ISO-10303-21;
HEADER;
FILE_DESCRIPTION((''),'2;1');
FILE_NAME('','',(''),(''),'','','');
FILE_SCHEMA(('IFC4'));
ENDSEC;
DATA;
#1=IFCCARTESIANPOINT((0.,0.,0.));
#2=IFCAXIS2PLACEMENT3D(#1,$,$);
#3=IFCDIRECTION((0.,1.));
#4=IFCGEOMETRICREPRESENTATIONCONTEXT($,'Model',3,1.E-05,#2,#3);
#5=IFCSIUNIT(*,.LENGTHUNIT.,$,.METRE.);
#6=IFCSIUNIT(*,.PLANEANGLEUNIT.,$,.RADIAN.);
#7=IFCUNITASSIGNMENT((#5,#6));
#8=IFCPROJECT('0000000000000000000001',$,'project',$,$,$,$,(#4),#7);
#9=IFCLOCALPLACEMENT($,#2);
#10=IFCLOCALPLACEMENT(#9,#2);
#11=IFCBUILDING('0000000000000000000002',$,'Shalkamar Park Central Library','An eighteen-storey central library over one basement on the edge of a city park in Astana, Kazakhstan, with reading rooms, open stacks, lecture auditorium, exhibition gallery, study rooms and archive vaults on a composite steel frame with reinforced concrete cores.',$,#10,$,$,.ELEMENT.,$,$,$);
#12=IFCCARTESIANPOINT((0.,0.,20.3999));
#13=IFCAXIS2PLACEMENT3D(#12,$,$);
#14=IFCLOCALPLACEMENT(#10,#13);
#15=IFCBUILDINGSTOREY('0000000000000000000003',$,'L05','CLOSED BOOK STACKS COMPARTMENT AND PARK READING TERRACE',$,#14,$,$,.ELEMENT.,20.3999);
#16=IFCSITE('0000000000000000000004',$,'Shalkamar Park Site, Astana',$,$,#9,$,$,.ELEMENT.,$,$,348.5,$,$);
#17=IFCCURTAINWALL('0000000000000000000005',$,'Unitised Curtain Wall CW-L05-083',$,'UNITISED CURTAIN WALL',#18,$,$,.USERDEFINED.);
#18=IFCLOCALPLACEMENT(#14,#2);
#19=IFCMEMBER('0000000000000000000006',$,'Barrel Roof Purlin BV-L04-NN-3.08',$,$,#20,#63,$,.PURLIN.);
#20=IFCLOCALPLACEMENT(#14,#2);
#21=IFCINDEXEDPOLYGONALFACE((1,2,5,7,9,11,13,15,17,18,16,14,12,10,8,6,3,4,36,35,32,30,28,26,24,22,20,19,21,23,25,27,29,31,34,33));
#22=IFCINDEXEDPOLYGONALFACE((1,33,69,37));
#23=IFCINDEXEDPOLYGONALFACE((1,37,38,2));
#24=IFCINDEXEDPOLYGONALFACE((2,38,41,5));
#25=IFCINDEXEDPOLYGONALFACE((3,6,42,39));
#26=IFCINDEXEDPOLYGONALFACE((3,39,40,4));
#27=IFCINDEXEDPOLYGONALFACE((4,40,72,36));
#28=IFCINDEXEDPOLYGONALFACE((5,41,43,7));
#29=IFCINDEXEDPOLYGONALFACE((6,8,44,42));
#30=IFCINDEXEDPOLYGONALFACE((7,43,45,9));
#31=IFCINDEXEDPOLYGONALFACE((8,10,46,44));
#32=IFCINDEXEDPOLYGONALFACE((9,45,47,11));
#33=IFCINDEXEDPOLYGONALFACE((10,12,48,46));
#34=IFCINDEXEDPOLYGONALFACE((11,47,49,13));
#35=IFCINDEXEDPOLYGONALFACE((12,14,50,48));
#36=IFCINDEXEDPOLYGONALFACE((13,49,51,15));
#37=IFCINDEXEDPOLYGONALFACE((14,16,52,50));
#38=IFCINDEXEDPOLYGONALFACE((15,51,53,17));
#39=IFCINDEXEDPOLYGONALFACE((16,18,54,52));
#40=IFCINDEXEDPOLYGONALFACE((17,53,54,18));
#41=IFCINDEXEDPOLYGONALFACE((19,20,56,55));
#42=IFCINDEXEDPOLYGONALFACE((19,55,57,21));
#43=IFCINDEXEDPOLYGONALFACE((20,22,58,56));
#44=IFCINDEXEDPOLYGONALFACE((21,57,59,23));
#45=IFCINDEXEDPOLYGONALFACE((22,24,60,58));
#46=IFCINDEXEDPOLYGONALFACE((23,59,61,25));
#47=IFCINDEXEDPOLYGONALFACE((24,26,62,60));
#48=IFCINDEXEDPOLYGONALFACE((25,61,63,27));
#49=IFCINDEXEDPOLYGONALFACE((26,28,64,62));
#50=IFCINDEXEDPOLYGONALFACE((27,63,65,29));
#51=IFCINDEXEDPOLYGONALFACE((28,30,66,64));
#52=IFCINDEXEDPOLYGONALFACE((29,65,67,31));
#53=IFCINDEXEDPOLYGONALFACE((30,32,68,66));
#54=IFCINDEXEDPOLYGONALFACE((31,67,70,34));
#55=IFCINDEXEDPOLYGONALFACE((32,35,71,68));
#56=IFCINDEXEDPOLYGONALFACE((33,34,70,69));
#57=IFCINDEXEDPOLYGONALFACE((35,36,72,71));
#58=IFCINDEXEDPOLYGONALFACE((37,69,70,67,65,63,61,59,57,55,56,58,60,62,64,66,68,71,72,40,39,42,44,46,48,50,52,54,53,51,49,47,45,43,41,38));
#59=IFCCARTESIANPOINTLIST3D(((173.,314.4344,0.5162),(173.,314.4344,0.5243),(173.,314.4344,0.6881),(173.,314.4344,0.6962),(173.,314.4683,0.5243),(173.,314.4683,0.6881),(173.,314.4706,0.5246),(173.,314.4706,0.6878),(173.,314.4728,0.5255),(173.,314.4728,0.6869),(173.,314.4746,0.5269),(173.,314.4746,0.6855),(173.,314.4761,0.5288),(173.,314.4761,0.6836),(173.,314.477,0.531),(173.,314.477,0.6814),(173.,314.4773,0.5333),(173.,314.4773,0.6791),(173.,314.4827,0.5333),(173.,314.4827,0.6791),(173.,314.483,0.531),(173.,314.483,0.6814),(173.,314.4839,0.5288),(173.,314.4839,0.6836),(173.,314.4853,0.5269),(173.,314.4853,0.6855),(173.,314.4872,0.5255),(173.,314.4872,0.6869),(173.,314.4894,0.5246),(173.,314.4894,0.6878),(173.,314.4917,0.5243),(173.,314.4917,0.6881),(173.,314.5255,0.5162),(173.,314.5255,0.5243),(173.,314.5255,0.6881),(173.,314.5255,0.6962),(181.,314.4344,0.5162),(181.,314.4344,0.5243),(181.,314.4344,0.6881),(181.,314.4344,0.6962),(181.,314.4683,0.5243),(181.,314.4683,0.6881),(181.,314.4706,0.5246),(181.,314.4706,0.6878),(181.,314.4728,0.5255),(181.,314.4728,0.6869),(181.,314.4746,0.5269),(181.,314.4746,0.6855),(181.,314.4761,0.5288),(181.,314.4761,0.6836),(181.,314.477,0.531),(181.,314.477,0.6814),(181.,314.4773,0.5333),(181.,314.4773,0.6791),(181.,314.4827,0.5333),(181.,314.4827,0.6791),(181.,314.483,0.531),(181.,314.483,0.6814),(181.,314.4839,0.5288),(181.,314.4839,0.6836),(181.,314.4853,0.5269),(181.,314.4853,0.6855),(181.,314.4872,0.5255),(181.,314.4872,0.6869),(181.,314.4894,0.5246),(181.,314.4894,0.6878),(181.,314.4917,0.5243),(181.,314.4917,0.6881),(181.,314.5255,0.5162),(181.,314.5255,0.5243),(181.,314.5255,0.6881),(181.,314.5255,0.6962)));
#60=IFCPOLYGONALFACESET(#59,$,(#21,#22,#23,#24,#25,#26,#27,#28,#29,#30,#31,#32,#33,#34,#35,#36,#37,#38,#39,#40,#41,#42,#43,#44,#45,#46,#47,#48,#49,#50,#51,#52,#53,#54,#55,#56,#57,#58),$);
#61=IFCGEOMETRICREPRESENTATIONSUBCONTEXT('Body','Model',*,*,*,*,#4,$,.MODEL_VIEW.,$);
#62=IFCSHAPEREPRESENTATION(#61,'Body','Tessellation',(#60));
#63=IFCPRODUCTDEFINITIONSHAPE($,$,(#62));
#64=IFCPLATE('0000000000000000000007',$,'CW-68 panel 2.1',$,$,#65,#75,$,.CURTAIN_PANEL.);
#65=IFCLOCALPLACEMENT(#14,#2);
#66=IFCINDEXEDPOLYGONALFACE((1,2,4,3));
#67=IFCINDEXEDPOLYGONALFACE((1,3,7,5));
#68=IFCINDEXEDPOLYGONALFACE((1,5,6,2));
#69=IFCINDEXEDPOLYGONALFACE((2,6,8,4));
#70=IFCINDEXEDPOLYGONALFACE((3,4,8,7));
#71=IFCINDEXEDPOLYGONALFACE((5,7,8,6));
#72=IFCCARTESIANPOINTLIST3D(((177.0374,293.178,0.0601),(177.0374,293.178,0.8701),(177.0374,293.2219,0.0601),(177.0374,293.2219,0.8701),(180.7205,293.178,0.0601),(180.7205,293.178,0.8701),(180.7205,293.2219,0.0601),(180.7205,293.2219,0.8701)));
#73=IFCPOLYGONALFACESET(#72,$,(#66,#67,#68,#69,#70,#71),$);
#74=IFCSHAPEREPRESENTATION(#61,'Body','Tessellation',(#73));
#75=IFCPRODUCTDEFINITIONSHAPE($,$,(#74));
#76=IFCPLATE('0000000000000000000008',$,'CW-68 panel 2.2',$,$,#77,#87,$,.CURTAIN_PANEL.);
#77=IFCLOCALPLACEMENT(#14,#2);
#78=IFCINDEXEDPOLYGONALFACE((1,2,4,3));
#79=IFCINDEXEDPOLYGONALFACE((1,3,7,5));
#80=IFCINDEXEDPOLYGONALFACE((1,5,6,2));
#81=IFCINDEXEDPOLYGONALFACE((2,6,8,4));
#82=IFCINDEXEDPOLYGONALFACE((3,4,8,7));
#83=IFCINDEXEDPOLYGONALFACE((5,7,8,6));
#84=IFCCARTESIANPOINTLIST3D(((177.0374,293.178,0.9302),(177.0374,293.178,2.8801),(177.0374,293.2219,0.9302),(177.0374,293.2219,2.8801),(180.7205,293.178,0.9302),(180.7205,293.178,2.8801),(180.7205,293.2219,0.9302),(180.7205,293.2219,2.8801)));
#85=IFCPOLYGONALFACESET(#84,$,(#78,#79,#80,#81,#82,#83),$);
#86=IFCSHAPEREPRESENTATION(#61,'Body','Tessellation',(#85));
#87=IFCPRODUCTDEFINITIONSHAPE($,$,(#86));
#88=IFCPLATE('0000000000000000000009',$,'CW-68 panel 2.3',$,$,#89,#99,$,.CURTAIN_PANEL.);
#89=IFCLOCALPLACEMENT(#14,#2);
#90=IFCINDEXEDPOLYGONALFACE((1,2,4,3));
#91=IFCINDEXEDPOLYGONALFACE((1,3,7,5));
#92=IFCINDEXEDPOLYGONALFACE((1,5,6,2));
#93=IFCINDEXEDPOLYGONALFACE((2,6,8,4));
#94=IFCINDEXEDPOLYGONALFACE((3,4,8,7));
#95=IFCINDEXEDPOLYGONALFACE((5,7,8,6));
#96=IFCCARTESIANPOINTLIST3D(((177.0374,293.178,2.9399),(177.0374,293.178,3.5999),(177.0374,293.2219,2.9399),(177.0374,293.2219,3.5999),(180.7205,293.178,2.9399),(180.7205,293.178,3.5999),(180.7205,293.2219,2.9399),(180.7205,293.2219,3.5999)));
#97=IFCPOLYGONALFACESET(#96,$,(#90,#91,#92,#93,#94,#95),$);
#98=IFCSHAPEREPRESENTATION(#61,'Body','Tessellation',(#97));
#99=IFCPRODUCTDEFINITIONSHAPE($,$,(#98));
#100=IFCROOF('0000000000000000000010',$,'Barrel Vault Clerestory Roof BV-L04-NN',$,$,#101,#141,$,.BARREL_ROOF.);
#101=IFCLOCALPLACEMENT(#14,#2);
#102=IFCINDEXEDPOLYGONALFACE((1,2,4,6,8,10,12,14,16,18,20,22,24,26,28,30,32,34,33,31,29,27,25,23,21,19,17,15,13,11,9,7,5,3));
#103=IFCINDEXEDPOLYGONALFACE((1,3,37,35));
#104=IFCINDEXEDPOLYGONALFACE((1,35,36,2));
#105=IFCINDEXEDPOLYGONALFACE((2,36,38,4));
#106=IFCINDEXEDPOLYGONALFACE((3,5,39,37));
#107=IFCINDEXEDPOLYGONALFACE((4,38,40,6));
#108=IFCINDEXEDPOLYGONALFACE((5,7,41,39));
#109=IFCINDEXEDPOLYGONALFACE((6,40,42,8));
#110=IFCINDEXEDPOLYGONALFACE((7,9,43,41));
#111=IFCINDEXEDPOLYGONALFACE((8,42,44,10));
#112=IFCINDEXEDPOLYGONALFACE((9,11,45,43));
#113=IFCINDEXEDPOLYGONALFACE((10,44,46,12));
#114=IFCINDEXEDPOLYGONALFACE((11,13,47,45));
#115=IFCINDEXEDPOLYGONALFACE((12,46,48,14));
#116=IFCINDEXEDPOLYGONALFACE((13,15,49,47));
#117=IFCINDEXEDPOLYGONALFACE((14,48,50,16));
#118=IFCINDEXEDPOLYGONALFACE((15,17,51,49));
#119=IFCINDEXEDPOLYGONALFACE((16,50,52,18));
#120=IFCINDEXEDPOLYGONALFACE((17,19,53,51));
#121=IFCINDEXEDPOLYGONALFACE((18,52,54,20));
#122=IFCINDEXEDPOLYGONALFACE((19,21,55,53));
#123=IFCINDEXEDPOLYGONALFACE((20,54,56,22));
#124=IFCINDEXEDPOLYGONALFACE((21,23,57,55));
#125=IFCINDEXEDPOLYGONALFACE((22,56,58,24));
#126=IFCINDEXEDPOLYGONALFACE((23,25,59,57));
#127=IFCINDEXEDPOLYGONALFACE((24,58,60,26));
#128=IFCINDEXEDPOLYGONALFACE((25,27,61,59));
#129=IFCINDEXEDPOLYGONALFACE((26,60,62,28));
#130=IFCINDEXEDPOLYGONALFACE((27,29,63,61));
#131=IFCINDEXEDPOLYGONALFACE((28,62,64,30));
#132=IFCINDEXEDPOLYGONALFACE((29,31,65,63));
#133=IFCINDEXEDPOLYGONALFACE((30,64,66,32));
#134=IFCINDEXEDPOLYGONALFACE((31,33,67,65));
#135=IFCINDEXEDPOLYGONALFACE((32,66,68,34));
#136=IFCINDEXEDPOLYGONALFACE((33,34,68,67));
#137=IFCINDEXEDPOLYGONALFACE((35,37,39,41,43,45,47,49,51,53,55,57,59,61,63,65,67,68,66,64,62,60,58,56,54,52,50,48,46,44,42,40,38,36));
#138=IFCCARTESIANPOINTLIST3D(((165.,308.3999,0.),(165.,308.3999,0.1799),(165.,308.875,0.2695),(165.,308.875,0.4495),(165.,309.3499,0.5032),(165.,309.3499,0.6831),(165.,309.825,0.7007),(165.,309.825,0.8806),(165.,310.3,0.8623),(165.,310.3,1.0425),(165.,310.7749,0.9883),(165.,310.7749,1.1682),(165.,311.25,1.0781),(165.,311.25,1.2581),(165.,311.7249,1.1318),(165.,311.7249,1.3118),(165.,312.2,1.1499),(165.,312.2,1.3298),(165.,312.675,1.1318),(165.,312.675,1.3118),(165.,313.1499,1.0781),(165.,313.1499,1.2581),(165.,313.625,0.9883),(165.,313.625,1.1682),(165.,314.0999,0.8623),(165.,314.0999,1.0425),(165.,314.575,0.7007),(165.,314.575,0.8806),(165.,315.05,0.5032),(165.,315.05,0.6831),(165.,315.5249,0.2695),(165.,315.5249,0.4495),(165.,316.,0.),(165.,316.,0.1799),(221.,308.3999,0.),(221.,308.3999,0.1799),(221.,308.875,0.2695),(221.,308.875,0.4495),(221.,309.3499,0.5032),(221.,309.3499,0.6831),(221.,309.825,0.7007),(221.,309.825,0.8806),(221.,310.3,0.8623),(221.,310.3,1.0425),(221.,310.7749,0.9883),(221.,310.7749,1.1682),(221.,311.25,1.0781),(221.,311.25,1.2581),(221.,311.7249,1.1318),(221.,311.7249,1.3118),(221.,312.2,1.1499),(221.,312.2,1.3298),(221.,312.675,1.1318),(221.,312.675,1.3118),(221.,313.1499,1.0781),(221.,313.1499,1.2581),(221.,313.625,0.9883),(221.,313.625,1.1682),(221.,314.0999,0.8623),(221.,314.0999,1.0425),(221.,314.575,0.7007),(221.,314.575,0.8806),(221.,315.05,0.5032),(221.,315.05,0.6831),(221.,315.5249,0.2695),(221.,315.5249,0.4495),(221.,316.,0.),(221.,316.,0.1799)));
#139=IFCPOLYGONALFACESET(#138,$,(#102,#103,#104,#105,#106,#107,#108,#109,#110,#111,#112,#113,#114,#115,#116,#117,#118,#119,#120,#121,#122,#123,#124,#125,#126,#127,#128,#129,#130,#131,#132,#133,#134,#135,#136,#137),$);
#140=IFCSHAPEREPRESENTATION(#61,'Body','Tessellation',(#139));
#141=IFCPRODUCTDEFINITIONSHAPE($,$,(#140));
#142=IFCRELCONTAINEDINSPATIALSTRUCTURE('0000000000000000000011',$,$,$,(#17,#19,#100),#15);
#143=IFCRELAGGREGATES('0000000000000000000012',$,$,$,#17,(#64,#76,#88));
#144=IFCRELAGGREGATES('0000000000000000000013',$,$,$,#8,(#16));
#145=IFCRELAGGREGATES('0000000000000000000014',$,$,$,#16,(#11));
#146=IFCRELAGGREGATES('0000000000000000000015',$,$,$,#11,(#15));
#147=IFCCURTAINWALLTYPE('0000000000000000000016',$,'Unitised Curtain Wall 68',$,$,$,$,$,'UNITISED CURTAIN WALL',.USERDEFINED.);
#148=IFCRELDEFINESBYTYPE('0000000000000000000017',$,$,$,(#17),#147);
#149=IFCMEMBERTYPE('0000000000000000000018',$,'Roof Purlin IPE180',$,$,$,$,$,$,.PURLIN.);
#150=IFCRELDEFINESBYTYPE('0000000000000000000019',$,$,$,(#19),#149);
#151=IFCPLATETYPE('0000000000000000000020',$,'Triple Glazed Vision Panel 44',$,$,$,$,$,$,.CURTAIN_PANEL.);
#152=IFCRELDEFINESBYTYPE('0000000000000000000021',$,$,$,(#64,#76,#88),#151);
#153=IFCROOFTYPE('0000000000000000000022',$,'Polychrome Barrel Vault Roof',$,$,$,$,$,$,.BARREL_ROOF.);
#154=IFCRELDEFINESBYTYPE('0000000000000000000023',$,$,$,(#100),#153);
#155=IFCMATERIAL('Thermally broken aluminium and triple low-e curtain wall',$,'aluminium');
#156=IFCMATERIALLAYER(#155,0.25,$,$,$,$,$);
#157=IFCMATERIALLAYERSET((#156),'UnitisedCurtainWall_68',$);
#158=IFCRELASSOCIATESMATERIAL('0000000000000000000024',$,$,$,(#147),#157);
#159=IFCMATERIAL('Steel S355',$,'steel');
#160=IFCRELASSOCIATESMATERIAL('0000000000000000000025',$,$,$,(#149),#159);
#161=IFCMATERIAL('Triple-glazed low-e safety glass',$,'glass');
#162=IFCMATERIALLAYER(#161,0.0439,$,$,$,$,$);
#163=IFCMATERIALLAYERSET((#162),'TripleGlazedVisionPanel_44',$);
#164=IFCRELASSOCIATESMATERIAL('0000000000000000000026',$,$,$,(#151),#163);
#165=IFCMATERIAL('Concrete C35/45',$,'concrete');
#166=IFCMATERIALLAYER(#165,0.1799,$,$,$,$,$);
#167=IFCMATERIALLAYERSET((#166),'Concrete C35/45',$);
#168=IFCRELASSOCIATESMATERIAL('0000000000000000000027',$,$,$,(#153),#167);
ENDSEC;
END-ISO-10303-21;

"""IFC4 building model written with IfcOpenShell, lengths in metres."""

from ifc_helpers import new_model, si_unit, direction, frame, origin, origin_2d, place, context, subcontext, project, spatial, polyline, rectangle, i_section, outline, extrude, material, layer, layer_set, material_profile, profile_set, type_object, element, aggregate, save


model = new_model("IFC4")

# Units and contexts
model_context = context("Model", 3, precision=1e-05, world=origin(), true_north=direction((0.0, 1.0)))
body_context = subcontext(model_context, "Body", "Model", "MODEL_VIEW")
ifc_project = project(units=[si_unit("LENGTHUNIT", "METRE"), si_unit("PLANEANGLEUNIT", "RADIAN")], contexts=[model_context])

# Site, building, storey
site_placement = place(None, origin())
site = spatial("IfcSite", under=ifc_project, at=site_placement, Name="Shalkamar Park Site, Astana", CompositionType="ELEMENT", RefElevation=348.5)
building_placement = place(site_placement, origin())
building = spatial("IfcBuilding", under=site, at=building_placement, Name="Shalkamar Park Central Library", Description="An eighteen-storey central library over one basement on the edge of a city park in Astana, Kazakhstan, with reading rooms, open stacks, lecture auditorium, exhibition gallery, study rooms and archive vaults on a composite steel frame with reinforced concrete cores.", CompositionType="ELEMENT")
storey_placement = place(building_placement, frame((0.0, 0.0, 20.3999)))
storey = spatial("IfcBuildingStorey", under=building, at=storey_placement, Name="L05", Description="CLOSED BOOK STACKS COMPARTMENT AND PARK READING TERRACE", CompositionType="ELEMENT", Elevation=20.3999)

# Curtain wall
ifc_material_1 = material(Name="Thermally broken aluminium and triple low-e curtain wall", Category="aluminium")
ifc_layer_1 = layer(ifc_material_1, 0.25)
ifc_layer_set_1 = layer_set([ifc_layer_1], Name="UnitisedCurtainWall_68")
curtain_wall_type = type_object("IfcCurtainWallType", Name="Unitised Curtain Wall 68", ElementType="UNITISED CURTAIN WALL", PredefinedType="USERDEFINED", material=ifc_layer_set_1)
curtain_wall_placement = place(storey_placement, origin())
curtain_wall = element("IfcCurtainWall", 1, at=curtain_wall_placement, inside=storey, type_object=curtain_wall_type, Name="Unitised Curtain Wall CW-L05-083", ObjectType="UNITISED CURTAIN WALL", PredefinedType="USERDEFINED")

# Member
ifc_material_2 = material(Name="Steel S355", Category="steel")
ifc_material_profile_1 = material_profile(ifc_material_2, i_section(OverallWidth=0.0911, OverallDepth=0.1799, WebThickness=0.0054, FlangeThickness=0.0081, FilletRadius=0.009, at=origin_2d()), Name="IPE 180")
ifc_profile_set_1 = profile_set([ifc_material_profile_1], Name="Steel S355")
member_type_1 = type_object("IfcMemberType", Name="Roof Purlin IPE180", PredefinedType="PURLIN", material=ifc_profile_set_1)
for number, where, z_axis, x_axis, name in (
    (2, (173.0, 314.48, 0.6062), (1.0, 0.0, 0.0), (0.0, 1.0, 0.0), "Barrel Roof Purlin BV-L04-NN-3.08"),
):
    element("IfcMember", number, at=place(storey_placement, frame(where, z_axis=z_axis, x_axis=x_axis)), inside=storey, type_object=member_type_1, Name=name, PredefinedType="PURLIN", context=body_context, shape_type="SweptSolid", body=[
        extrude(i_section(OverallWidth=0.0911, OverallDepth=0.1799, WebThickness=0.0054, FlangeThickness=0.0081, FilletRadius=0.009, at=origin_2d()), origin(), (0.0, 0.0, 1.0), 8.0),
    ])

# Plates
ifc_material_3 = material(Name="Triple-glazed low-e safety glass", Category="glass")
ifc_layer_2 = layer(ifc_material_3, 0.0439)
ifc_layer_set_2 = layer_set([ifc_layer_2], Name="TripleGlazedVisionPanel_44")
plate_type = type_object("IfcPlateType", Name="Triple Glazed Vision Panel 44", PredefinedType="CURTAIN_PANEL", material=ifc_layer_set_2)
plate_1_placement = place(storey_placement, frame((178.8789, 293.2, 0.0601), z_axis=(0.0, 0.0, 1.0), x_axis=(1.0, 0.0, 0.0)))
plate_1 = element("IfcPlate", 3, at=plate_1_placement, type_object=plate_type, Name="CW-68 panel 2.1", PredefinedType="CURTAIN_PANEL", context=body_context, shape_type="SweptSolid", body=[
    extrude(rectangle(XDim=3.6831, YDim=0.0439, at=origin_2d()), origin(), (0.0, 0.0, 1.0), 0.8101),
])
plate_2_placement = place(storey_placement, frame((178.8789, 293.2, 0.9302), z_axis=(0.0, 0.0, 1.0), x_axis=(1.0, 0.0, 0.0)))
plate_2 = element("IfcPlate", 4, at=plate_2_placement, type_object=plate_type, Name="CW-68 panel 2.2", PredefinedType="CURTAIN_PANEL", context=body_context, shape_type="SweptSolid", body=[
    extrude(rectangle(XDim=3.6831, YDim=0.0439, at=origin_2d()), origin(), (0.0, 0.0, 1.0), 1.95),
])
plate_3_placement = place(storey_placement, frame((178.8789, 293.2, 2.9399), z_axis=(0.0, 0.0, 1.0), x_axis=(1.0, 0.0, 0.0)))
plate_3 = element("IfcPlate", 5, at=plate_3_placement, type_object=plate_type, Name="CW-68 panel 2.3", PredefinedType="CURTAIN_PANEL", context=body_context, shape_type="SweptSolid", body=[
    extrude(rectangle(XDim=3.6831, YDim=0.0439, at=origin_2d()), origin(), (0.0, 0.0, 1.0), 0.6599),
])
aggregate(curtain_wall, [plate_1, plate_2, plate_3])

# Roof
ifc_material_4 = material(Name="Concrete C35/45", Category="concrete")
ifc_layer_3 = layer(ifc_material_4, 0.1799)
ifc_layer_set_3 = layer_set([ifc_layer_3], Name="Concrete C35/45")
roof_type = type_object("IfcRoofType", Name="Polychrome Barrel Vault Roof", PredefinedType="BARREL_ROOF", material=ifc_layer_set_3)
roof_placement = place(storey_placement, frame((165.0, 312.2, 0.0), z_axis=(0.0, 0.0, 1.0), x_axis=(1.0, 0.0, 0.0)))
element("IfcRoof", 6, at=roof_placement, inside=storey, type_object=roof_type, Name="Barrel Vault Clerestory Roof BV-L04-NN", PredefinedType="BARREL_ROOF", context=body_context, shape_type="SweptSolid", body=[
    extrude(outline(polyline([(-3.8, 0.1799), (-3.325, 0.4495), (-2.8501, 0.6831), (-2.375, 0.8806), (-1.8999, 1.0425), (-1.425, 1.1682), (-0.95, 1.2581), (-0.4751, 1.3118), (0.0, 1.3298), (0.4751, 1.3118), (0.95, 1.2581), (1.425, 1.1682), (1.8999, 1.0425), (2.375, 0.8806), (2.8501, 0.6831), (3.325, 0.4495), (3.8, 0.1799), (3.8, 0.0), (3.325, 0.2695), (2.8501, 0.5032), (2.375, 0.7007), (1.8999, 0.8623), (1.425, 0.9883), (0.95, 1.0781), (0.4751, 1.1318), (0.0, 1.1499), (-0.4751, 1.1318), (-0.95, 1.0781), (-1.425, 0.9883), (-1.8999, 0.8623), (-2.375, 0.7007), (-2.8501, 0.5032), (-3.325, 0.2695), (-3.8, 0.0), (-3.8, 0.1799)])), frame((0.0, 0.0, 0.0), z_axis=(1.0, 0.0, 0.0), x_axis=(0.0, 1.0, 0.0)), (0.0, 0.0, 1.0), 56.0),
])

save(model, "model.ifc")
